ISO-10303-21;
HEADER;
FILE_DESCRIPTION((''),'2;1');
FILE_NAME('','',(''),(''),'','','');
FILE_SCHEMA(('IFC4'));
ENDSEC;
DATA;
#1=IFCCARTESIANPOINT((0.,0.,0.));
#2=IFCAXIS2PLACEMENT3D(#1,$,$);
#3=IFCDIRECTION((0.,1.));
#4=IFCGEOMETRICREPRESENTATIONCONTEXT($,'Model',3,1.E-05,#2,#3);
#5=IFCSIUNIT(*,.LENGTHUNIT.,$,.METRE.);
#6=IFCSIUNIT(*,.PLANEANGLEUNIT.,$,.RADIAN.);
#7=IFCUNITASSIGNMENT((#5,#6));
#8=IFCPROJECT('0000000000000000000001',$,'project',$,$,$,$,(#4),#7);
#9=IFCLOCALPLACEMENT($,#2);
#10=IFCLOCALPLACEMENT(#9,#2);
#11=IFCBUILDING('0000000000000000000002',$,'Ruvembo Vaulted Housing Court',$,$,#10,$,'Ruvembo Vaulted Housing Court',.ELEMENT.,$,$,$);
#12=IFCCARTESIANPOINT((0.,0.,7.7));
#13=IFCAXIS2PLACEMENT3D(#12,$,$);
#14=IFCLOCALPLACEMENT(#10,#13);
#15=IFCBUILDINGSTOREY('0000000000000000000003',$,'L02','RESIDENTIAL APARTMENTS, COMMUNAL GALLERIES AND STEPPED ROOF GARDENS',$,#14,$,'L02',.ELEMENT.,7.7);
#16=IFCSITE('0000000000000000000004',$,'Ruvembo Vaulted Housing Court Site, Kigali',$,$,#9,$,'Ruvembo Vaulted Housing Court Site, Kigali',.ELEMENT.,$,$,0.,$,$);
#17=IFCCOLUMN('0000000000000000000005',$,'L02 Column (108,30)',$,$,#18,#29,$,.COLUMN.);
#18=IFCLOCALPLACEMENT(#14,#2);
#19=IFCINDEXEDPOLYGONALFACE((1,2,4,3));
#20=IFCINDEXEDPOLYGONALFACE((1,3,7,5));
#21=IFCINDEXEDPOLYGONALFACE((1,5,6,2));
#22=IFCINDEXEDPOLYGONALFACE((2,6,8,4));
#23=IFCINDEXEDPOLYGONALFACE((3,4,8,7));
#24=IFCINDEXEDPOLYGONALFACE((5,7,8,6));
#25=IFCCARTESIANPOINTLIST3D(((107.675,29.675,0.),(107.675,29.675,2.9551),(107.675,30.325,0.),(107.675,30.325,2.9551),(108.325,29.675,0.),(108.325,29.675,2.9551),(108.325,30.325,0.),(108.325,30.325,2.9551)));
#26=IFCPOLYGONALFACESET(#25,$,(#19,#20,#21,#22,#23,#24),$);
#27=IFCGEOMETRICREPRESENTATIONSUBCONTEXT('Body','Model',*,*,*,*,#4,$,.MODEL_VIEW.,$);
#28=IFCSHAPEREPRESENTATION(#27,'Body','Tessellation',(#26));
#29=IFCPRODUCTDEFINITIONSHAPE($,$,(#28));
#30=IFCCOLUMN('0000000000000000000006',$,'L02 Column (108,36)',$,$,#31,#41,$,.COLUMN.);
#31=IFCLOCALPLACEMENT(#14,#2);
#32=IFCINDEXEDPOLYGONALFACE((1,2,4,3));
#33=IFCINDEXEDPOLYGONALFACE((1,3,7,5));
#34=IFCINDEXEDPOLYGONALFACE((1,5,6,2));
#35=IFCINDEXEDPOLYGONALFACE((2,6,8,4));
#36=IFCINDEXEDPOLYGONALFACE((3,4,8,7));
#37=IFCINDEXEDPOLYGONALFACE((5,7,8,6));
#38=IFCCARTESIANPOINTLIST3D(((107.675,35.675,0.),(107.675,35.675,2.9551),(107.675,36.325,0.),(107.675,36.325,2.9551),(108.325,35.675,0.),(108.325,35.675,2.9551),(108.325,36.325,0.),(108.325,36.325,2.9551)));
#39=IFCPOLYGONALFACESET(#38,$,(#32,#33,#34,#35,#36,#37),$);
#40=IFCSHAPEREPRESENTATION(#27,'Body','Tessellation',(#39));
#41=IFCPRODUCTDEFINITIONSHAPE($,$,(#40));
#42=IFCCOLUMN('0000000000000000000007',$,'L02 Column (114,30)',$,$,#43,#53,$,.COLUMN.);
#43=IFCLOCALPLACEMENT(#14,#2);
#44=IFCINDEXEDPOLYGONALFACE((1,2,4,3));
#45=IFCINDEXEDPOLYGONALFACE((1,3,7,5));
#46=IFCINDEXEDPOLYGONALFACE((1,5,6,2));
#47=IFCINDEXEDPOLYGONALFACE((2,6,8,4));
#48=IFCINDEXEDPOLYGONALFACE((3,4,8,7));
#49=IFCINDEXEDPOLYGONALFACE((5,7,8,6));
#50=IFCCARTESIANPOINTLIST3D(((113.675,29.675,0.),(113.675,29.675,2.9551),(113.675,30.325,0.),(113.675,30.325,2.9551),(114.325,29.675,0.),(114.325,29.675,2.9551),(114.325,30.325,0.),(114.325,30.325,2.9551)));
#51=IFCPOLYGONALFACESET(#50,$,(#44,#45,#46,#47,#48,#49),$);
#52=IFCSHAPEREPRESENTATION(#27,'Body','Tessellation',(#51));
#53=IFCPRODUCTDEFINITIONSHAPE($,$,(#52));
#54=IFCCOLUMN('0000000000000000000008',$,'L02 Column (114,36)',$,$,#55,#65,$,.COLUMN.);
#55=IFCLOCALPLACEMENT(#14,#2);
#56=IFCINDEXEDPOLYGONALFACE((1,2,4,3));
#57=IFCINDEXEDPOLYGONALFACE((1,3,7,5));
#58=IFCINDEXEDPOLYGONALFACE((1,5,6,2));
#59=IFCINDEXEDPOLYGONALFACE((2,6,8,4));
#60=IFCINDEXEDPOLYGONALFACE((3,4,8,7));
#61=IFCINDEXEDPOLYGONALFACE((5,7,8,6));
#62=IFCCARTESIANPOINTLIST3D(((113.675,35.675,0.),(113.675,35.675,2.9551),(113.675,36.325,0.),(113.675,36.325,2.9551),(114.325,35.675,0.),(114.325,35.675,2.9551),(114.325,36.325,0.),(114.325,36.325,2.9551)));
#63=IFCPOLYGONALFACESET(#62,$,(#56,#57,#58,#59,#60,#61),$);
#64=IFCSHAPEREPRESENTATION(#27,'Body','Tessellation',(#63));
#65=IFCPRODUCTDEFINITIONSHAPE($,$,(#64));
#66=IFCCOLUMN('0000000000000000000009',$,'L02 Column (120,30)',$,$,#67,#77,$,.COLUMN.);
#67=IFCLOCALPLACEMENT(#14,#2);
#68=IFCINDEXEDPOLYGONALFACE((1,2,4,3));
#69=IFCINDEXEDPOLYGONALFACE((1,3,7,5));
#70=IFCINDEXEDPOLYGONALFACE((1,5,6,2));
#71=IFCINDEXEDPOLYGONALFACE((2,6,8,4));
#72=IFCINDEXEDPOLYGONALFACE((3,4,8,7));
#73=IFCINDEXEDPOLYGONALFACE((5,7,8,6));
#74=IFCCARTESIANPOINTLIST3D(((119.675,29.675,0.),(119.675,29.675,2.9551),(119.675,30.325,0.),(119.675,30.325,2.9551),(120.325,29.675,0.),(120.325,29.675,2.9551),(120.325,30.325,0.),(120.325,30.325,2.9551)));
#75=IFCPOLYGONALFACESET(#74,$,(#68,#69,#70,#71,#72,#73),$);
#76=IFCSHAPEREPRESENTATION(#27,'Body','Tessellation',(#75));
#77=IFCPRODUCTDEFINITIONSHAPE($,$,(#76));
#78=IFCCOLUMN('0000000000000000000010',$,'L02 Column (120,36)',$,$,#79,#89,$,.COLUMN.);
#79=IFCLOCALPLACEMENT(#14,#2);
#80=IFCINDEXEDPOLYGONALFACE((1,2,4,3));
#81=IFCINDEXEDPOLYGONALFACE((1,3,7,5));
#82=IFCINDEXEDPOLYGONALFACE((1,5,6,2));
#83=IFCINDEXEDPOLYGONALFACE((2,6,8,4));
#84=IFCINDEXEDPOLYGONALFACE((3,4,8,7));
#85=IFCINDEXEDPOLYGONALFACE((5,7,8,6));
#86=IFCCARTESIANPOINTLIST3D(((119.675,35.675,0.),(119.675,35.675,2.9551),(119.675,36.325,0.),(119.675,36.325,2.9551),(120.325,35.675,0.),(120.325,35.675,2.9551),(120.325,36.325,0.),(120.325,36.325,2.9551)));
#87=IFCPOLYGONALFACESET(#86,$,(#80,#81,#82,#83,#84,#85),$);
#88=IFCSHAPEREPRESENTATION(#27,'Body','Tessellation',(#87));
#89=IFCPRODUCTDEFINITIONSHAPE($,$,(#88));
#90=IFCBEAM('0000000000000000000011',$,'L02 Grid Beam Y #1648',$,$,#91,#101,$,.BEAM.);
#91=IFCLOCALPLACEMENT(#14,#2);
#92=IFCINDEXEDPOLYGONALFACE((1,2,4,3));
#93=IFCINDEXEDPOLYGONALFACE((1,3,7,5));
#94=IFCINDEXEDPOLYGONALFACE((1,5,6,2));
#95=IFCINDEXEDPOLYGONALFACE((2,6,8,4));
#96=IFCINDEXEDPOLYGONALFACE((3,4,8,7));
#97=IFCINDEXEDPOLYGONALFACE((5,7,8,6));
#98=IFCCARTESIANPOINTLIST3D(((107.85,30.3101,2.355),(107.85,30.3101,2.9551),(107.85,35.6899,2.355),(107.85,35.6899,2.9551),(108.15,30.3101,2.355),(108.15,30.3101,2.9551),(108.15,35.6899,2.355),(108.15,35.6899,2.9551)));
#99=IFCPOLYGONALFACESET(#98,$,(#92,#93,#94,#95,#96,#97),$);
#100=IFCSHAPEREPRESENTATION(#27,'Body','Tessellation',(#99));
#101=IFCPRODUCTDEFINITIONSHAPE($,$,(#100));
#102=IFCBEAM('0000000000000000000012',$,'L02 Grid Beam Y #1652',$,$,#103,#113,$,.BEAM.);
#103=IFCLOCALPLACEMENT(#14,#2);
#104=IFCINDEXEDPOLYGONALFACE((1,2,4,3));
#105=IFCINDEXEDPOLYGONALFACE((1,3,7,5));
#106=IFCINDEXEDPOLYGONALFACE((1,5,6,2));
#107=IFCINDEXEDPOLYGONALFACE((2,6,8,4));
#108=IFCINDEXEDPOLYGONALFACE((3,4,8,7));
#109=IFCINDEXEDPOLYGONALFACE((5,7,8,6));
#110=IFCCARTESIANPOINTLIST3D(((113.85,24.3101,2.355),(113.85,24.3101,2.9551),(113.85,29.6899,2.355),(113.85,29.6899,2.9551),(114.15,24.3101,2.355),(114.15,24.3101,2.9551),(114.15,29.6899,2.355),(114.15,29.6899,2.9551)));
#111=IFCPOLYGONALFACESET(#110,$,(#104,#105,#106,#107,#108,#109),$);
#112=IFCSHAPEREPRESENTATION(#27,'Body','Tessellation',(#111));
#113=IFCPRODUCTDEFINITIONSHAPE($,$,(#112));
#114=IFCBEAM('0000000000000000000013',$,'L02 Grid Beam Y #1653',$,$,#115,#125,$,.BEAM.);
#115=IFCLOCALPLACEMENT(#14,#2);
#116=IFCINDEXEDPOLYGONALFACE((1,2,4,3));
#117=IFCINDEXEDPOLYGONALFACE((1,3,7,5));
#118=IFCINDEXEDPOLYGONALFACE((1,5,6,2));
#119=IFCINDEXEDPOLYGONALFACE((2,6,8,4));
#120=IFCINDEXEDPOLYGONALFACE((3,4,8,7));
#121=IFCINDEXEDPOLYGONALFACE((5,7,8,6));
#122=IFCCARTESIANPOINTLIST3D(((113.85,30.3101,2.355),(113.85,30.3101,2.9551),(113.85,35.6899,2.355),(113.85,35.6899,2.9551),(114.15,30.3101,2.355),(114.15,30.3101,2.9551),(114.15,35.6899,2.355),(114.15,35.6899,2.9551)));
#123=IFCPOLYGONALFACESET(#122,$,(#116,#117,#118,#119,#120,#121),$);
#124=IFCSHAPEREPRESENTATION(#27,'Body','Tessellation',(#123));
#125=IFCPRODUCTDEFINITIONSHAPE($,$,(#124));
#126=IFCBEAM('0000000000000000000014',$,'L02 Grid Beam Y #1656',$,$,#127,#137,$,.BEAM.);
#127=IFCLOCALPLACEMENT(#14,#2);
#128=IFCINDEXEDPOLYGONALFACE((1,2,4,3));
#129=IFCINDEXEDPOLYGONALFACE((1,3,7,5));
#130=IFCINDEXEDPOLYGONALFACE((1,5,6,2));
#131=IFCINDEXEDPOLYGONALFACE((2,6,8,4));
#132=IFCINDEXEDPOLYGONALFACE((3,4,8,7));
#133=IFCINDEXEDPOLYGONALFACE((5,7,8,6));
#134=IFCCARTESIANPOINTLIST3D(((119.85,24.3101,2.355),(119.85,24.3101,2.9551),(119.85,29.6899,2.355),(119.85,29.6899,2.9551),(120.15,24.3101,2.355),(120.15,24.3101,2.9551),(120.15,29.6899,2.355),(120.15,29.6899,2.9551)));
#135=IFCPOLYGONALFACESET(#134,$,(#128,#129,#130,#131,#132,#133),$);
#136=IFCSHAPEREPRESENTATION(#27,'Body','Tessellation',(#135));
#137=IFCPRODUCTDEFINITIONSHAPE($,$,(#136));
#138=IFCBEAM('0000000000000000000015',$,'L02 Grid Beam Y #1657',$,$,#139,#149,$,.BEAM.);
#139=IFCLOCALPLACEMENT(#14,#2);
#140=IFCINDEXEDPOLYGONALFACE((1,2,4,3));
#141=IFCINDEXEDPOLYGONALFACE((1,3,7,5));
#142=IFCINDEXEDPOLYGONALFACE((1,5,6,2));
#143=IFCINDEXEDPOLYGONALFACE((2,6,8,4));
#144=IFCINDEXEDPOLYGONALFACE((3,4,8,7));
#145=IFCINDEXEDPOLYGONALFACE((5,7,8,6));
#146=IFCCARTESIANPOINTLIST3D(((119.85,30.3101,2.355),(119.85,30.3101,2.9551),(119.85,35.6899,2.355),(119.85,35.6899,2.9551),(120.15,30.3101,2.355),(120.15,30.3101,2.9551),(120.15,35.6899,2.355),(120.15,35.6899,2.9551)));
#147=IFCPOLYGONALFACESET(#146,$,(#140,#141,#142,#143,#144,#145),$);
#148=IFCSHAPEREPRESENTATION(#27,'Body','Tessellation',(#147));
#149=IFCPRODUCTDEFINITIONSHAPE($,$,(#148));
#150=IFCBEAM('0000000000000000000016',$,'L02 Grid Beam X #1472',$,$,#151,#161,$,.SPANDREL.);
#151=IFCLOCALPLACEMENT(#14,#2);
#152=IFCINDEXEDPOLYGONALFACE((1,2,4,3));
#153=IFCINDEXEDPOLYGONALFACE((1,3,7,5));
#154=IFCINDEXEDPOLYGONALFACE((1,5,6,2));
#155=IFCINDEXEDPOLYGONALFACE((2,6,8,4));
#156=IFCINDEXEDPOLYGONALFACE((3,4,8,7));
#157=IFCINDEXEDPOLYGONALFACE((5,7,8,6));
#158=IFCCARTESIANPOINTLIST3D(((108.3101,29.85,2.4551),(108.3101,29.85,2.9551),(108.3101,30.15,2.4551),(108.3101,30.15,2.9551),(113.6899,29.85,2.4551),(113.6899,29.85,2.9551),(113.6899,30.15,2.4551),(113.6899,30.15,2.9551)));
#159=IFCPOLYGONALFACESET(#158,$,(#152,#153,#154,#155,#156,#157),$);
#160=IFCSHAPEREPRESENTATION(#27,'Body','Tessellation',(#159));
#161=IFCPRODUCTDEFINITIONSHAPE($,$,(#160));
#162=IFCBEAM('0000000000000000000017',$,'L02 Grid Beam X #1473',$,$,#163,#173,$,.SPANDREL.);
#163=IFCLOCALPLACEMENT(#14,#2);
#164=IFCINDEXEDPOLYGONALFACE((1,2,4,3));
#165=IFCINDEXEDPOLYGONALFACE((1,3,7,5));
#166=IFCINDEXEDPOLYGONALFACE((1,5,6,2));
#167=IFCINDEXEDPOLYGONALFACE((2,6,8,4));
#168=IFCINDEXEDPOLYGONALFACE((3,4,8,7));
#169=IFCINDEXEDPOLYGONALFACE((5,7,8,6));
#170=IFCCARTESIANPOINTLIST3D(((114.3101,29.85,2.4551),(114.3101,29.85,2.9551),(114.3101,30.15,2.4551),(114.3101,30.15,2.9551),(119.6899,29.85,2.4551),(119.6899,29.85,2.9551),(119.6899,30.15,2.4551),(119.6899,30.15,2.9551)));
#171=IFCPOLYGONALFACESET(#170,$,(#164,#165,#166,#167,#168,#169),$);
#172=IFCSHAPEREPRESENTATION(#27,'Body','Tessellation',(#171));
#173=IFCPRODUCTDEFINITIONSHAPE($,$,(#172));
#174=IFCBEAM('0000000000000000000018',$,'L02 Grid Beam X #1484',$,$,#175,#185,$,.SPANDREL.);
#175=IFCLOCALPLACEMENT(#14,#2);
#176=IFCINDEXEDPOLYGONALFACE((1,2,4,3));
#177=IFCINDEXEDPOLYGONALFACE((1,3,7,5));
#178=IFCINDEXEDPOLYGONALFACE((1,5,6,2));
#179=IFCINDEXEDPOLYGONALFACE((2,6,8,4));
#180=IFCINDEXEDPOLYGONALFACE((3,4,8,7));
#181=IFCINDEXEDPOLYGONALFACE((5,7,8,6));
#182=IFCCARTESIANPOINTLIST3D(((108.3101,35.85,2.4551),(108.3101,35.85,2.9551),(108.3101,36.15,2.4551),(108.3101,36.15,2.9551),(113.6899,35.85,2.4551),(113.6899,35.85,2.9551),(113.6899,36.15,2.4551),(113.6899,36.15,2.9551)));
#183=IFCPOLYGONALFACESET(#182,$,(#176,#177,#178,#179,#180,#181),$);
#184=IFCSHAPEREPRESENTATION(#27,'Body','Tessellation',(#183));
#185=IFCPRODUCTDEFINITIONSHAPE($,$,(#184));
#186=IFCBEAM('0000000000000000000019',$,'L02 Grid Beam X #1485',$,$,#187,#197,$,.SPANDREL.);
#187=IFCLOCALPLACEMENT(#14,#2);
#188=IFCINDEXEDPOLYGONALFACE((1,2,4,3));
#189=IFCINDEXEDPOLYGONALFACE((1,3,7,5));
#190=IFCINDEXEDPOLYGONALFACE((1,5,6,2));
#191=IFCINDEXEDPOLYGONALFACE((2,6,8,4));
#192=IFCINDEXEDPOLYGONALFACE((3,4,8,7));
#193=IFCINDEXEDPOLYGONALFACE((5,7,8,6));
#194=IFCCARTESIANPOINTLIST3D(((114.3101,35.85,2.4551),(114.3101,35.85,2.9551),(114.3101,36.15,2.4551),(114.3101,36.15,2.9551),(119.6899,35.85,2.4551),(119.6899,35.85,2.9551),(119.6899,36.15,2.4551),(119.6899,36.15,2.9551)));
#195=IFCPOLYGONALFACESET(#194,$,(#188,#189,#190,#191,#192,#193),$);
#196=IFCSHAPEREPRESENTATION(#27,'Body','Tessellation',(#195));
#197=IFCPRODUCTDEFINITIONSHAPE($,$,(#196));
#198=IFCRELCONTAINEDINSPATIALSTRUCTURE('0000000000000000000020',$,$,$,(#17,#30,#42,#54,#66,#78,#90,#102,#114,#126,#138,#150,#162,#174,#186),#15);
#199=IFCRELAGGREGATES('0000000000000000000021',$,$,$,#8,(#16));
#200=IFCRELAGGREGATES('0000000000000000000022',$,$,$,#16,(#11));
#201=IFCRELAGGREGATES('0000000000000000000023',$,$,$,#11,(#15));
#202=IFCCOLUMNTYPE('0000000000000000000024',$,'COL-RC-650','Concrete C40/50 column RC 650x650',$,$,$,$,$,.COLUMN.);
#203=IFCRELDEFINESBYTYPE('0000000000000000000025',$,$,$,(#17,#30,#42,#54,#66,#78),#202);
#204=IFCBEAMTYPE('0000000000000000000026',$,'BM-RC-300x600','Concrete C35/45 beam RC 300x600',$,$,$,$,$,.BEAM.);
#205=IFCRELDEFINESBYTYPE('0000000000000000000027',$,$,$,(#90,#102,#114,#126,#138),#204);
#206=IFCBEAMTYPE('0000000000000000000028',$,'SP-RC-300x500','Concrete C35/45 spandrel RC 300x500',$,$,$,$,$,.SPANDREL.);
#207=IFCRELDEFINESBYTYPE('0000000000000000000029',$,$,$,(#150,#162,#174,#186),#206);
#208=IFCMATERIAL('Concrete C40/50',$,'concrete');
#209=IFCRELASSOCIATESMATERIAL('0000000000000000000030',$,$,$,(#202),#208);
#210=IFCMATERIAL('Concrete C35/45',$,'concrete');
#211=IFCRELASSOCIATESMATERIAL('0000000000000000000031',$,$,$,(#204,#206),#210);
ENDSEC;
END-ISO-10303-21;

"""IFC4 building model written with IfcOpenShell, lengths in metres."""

from ifc_helpers import new_model, si_unit, direction, frame, origin, origin_2d, place, context, subcontext, project, spatial, rectangle, extrude, material, material_profile, profile_set, type_object, element, save


model = new_model("IFC4")

# Units and contexts
model_context = context("Model", 3, precision=1e-05, world=origin(), true_north=direction((0.0, 1.0)))
body_context = subcontext(model_context, "Body", "Model", "MODEL_VIEW")
ifc_project = project(units=[si_unit("LENGTHUNIT", "METRE"), si_unit("PLANEANGLEUNIT", "RADIAN")], contexts=[model_context])

# Site, building, storey
site_placement = place(None, origin())
site = spatial("IfcSite", under=ifc_project, at=site_placement, Name="Ruvembo Vaulted Housing Court Site, Kigali", LongName="Ruvembo Vaulted Housing Court Site, Kigali", CompositionType="ELEMENT", RefElevation=0.0)
building_placement = place(site_placement, origin())
building = spatial("IfcBuilding", under=site, at=building_placement, Name="Ruvembo Vaulted Housing Court", LongName="Ruvembo Vaulted Housing Court", CompositionType="ELEMENT")
storey_placement = place(building_placement, frame((0.0, 0.0, 7.7)))
storey = spatial("IfcBuildingStorey", under=building, at=storey_placement, Name="L02", Description="RESIDENTIAL APARTMENTS, COMMUNAL GALLERIES AND STEPPED ROOF GARDENS", LongName="L02", CompositionType="ELEMENT", Elevation=7.7)

# Columns
ifc_material_1 = material(Name="Concrete C40/50", Category="concrete")
ifc_material_profile_1 = material_profile(ifc_material_1, rectangle(XDim=0.6499, YDim=0.6499, at=origin_2d()), Name="RC 650x650")
ifc_profile_set_1 = profile_set([ifc_material_profile_1], Name="Concrete C40/50")
column_type = type_object("IfcColumnType", Name="COL-RC-650", Description="Concrete C40/50 column RC 650x650", PredefinedType="COLUMN", material=ifc_profile_set_1)
for number, where, z_axis, x_axis, name in (
    (1, (108.0, 30.0, 0.0), (0.0, 0.0, 1.0), (1.0, 0.0, 0.0), "L02 Column (108,30)"),
    (2, (108.0, 36.0, 0.0), (0.0, 0.0, 1.0), (1.0, 0.0, 0.0), "L02 Column (108,36)"),
    (3, (114.0, 30.0, 0.0), (0.0, 0.0, 1.0), (1.0, 0.0, 0.0), "L02 Column (114,30)"),
    (4, (114.0, 36.0, 0.0), (0.0, 0.0, 1.0), (1.0, 0.0, 0.0), "L02 Column (114,36)"),
    (5, (120.0, 30.0, 0.0), (0.0, 0.0, 1.0), (1.0, 0.0, 0.0), "L02 Column (120,30)"),
    (6, (120.0, 36.0, 0.0), (0.0, 0.0, 1.0), (1.0, 0.0, 0.0), "L02 Column (120,36)"),
):
    element("IfcColumn", number, at=place(storey_placement, frame(where, z_axis=z_axis, x_axis=x_axis)), inside=storey, type_object=column_type, Name=name, PredefinedType="COLUMN", context=body_context, shape_type="SweptSolid", body=[
        extrude(rectangle(XDim=0.6499, YDim=0.6499, at=origin_2d()), origin(), (0.0, 0.0, 1.0), 2.9551),
    ])

# Beams
ifc_material_2 = material(Name="Concrete C35/45", Category="concrete")
ifc_material_profile_2 = material_profile(ifc_material_2, rectangle(XDim=0.3, YDim=0.6001, at=origin_2d()), Name="RC 300x600")
ifc_profile_set_2 = profile_set([ifc_material_profile_2], Name="Concrete C35/45")
beam_type_1 = type_object("IfcBeamType", Name="BM-RC-300x600", Description="Concrete C35/45 beam RC 300x600", PredefinedType="BEAM", material=ifc_profile_set_2)
for number, where, z_axis, x_axis, name in (
    (7, (108.0, 30.3101, 2.655), (0.0, 1.0, 0.0), (-1.0, 0.0, 0.0), "L02 Grid Beam Y #1648"),
    (8, (114.0, 24.3101, 2.655), (0.0, 1.0, 0.0), (-1.0, 0.0, 0.0), "L02 Grid Beam Y #1652"),
    (9, (114.0, 30.3101, 2.655), (0.0, 1.0, 0.0), (-1.0, 0.0, 0.0), "L02 Grid Beam Y #1653"),
    (10, (120.0, 24.3101, 2.655), (0.0, 1.0, 0.0), (-1.0, 0.0, 0.0), "L02 Grid Beam Y #1656"),
    (11, (120.0, 30.3101, 2.655), (0.0, 1.0, 0.0), (-1.0, 0.0, 0.0), "L02 Grid Beam Y #1657"),
):
    element("IfcBeam", number, at=place(storey_placement, frame(where, z_axis=z_axis, x_axis=x_axis)), inside=storey, type_object=beam_type_1, Name=name, PredefinedType="BEAM", context=body_context, shape_type="SweptSolid", body=[
        extrude(rectangle(XDim=0.3, YDim=0.6001, at=origin_2d()), origin(), (0.0, 0.0, 1.0), 5.3799),
    ])
ifc_material_profile_3 = material_profile(ifc_material_2, rectangle(XDim=0.3, YDim=0.5, at=origin_2d()), Name="RC 300x500")
ifc_profile_set_3 = profile_set([ifc_material_profile_3], Name="Concrete C35/45")
beam_type_2 = type_object("IfcBeamType", Name="SP-RC-300x500", Description="Concrete C35/45 spandrel RC 300x500", PredefinedType="SPANDREL", material=ifc_profile_set_3)
for number, where, z_axis, x_axis, name in (
    (12, (108.3101, 30.0, 2.7051), (1.0, 0.0, 0.0), (0.0, 1.0, 0.0), "L02 Grid Beam X #1472"),
    (13, (114.3101, 30.0, 2.7051), (1.0, 0.0, 0.0), (0.0, 1.0, 0.0), "L02 Grid Beam X #1473"),
    (14, (108.3101, 36.0, 2.7051), (1.0, 0.0, 0.0), (0.0, 1.0, 0.0), "L02 Grid Beam X #1484"),
    (15, (114.3101, 36.0, 2.7051), (1.0, 0.0, 0.0), (0.0, 1.0, 0.0), "L02 Grid Beam X #1485"),
):
    element("IfcBeam", number, at=place(storey_placement, frame(where, z_axis=z_axis, x_axis=x_axis)), inside=storey, type_object=beam_type_2, Name=name, PredefinedType="SPANDREL", context=body_context, shape_type="SweptSolid", body=[
        extrude(rectangle(XDim=0.3, YDim=0.5, at=origin_2d()), origin(), (0.0, 0.0, 1.0), 5.3799),
    ])

save(model, "model.ifc")
